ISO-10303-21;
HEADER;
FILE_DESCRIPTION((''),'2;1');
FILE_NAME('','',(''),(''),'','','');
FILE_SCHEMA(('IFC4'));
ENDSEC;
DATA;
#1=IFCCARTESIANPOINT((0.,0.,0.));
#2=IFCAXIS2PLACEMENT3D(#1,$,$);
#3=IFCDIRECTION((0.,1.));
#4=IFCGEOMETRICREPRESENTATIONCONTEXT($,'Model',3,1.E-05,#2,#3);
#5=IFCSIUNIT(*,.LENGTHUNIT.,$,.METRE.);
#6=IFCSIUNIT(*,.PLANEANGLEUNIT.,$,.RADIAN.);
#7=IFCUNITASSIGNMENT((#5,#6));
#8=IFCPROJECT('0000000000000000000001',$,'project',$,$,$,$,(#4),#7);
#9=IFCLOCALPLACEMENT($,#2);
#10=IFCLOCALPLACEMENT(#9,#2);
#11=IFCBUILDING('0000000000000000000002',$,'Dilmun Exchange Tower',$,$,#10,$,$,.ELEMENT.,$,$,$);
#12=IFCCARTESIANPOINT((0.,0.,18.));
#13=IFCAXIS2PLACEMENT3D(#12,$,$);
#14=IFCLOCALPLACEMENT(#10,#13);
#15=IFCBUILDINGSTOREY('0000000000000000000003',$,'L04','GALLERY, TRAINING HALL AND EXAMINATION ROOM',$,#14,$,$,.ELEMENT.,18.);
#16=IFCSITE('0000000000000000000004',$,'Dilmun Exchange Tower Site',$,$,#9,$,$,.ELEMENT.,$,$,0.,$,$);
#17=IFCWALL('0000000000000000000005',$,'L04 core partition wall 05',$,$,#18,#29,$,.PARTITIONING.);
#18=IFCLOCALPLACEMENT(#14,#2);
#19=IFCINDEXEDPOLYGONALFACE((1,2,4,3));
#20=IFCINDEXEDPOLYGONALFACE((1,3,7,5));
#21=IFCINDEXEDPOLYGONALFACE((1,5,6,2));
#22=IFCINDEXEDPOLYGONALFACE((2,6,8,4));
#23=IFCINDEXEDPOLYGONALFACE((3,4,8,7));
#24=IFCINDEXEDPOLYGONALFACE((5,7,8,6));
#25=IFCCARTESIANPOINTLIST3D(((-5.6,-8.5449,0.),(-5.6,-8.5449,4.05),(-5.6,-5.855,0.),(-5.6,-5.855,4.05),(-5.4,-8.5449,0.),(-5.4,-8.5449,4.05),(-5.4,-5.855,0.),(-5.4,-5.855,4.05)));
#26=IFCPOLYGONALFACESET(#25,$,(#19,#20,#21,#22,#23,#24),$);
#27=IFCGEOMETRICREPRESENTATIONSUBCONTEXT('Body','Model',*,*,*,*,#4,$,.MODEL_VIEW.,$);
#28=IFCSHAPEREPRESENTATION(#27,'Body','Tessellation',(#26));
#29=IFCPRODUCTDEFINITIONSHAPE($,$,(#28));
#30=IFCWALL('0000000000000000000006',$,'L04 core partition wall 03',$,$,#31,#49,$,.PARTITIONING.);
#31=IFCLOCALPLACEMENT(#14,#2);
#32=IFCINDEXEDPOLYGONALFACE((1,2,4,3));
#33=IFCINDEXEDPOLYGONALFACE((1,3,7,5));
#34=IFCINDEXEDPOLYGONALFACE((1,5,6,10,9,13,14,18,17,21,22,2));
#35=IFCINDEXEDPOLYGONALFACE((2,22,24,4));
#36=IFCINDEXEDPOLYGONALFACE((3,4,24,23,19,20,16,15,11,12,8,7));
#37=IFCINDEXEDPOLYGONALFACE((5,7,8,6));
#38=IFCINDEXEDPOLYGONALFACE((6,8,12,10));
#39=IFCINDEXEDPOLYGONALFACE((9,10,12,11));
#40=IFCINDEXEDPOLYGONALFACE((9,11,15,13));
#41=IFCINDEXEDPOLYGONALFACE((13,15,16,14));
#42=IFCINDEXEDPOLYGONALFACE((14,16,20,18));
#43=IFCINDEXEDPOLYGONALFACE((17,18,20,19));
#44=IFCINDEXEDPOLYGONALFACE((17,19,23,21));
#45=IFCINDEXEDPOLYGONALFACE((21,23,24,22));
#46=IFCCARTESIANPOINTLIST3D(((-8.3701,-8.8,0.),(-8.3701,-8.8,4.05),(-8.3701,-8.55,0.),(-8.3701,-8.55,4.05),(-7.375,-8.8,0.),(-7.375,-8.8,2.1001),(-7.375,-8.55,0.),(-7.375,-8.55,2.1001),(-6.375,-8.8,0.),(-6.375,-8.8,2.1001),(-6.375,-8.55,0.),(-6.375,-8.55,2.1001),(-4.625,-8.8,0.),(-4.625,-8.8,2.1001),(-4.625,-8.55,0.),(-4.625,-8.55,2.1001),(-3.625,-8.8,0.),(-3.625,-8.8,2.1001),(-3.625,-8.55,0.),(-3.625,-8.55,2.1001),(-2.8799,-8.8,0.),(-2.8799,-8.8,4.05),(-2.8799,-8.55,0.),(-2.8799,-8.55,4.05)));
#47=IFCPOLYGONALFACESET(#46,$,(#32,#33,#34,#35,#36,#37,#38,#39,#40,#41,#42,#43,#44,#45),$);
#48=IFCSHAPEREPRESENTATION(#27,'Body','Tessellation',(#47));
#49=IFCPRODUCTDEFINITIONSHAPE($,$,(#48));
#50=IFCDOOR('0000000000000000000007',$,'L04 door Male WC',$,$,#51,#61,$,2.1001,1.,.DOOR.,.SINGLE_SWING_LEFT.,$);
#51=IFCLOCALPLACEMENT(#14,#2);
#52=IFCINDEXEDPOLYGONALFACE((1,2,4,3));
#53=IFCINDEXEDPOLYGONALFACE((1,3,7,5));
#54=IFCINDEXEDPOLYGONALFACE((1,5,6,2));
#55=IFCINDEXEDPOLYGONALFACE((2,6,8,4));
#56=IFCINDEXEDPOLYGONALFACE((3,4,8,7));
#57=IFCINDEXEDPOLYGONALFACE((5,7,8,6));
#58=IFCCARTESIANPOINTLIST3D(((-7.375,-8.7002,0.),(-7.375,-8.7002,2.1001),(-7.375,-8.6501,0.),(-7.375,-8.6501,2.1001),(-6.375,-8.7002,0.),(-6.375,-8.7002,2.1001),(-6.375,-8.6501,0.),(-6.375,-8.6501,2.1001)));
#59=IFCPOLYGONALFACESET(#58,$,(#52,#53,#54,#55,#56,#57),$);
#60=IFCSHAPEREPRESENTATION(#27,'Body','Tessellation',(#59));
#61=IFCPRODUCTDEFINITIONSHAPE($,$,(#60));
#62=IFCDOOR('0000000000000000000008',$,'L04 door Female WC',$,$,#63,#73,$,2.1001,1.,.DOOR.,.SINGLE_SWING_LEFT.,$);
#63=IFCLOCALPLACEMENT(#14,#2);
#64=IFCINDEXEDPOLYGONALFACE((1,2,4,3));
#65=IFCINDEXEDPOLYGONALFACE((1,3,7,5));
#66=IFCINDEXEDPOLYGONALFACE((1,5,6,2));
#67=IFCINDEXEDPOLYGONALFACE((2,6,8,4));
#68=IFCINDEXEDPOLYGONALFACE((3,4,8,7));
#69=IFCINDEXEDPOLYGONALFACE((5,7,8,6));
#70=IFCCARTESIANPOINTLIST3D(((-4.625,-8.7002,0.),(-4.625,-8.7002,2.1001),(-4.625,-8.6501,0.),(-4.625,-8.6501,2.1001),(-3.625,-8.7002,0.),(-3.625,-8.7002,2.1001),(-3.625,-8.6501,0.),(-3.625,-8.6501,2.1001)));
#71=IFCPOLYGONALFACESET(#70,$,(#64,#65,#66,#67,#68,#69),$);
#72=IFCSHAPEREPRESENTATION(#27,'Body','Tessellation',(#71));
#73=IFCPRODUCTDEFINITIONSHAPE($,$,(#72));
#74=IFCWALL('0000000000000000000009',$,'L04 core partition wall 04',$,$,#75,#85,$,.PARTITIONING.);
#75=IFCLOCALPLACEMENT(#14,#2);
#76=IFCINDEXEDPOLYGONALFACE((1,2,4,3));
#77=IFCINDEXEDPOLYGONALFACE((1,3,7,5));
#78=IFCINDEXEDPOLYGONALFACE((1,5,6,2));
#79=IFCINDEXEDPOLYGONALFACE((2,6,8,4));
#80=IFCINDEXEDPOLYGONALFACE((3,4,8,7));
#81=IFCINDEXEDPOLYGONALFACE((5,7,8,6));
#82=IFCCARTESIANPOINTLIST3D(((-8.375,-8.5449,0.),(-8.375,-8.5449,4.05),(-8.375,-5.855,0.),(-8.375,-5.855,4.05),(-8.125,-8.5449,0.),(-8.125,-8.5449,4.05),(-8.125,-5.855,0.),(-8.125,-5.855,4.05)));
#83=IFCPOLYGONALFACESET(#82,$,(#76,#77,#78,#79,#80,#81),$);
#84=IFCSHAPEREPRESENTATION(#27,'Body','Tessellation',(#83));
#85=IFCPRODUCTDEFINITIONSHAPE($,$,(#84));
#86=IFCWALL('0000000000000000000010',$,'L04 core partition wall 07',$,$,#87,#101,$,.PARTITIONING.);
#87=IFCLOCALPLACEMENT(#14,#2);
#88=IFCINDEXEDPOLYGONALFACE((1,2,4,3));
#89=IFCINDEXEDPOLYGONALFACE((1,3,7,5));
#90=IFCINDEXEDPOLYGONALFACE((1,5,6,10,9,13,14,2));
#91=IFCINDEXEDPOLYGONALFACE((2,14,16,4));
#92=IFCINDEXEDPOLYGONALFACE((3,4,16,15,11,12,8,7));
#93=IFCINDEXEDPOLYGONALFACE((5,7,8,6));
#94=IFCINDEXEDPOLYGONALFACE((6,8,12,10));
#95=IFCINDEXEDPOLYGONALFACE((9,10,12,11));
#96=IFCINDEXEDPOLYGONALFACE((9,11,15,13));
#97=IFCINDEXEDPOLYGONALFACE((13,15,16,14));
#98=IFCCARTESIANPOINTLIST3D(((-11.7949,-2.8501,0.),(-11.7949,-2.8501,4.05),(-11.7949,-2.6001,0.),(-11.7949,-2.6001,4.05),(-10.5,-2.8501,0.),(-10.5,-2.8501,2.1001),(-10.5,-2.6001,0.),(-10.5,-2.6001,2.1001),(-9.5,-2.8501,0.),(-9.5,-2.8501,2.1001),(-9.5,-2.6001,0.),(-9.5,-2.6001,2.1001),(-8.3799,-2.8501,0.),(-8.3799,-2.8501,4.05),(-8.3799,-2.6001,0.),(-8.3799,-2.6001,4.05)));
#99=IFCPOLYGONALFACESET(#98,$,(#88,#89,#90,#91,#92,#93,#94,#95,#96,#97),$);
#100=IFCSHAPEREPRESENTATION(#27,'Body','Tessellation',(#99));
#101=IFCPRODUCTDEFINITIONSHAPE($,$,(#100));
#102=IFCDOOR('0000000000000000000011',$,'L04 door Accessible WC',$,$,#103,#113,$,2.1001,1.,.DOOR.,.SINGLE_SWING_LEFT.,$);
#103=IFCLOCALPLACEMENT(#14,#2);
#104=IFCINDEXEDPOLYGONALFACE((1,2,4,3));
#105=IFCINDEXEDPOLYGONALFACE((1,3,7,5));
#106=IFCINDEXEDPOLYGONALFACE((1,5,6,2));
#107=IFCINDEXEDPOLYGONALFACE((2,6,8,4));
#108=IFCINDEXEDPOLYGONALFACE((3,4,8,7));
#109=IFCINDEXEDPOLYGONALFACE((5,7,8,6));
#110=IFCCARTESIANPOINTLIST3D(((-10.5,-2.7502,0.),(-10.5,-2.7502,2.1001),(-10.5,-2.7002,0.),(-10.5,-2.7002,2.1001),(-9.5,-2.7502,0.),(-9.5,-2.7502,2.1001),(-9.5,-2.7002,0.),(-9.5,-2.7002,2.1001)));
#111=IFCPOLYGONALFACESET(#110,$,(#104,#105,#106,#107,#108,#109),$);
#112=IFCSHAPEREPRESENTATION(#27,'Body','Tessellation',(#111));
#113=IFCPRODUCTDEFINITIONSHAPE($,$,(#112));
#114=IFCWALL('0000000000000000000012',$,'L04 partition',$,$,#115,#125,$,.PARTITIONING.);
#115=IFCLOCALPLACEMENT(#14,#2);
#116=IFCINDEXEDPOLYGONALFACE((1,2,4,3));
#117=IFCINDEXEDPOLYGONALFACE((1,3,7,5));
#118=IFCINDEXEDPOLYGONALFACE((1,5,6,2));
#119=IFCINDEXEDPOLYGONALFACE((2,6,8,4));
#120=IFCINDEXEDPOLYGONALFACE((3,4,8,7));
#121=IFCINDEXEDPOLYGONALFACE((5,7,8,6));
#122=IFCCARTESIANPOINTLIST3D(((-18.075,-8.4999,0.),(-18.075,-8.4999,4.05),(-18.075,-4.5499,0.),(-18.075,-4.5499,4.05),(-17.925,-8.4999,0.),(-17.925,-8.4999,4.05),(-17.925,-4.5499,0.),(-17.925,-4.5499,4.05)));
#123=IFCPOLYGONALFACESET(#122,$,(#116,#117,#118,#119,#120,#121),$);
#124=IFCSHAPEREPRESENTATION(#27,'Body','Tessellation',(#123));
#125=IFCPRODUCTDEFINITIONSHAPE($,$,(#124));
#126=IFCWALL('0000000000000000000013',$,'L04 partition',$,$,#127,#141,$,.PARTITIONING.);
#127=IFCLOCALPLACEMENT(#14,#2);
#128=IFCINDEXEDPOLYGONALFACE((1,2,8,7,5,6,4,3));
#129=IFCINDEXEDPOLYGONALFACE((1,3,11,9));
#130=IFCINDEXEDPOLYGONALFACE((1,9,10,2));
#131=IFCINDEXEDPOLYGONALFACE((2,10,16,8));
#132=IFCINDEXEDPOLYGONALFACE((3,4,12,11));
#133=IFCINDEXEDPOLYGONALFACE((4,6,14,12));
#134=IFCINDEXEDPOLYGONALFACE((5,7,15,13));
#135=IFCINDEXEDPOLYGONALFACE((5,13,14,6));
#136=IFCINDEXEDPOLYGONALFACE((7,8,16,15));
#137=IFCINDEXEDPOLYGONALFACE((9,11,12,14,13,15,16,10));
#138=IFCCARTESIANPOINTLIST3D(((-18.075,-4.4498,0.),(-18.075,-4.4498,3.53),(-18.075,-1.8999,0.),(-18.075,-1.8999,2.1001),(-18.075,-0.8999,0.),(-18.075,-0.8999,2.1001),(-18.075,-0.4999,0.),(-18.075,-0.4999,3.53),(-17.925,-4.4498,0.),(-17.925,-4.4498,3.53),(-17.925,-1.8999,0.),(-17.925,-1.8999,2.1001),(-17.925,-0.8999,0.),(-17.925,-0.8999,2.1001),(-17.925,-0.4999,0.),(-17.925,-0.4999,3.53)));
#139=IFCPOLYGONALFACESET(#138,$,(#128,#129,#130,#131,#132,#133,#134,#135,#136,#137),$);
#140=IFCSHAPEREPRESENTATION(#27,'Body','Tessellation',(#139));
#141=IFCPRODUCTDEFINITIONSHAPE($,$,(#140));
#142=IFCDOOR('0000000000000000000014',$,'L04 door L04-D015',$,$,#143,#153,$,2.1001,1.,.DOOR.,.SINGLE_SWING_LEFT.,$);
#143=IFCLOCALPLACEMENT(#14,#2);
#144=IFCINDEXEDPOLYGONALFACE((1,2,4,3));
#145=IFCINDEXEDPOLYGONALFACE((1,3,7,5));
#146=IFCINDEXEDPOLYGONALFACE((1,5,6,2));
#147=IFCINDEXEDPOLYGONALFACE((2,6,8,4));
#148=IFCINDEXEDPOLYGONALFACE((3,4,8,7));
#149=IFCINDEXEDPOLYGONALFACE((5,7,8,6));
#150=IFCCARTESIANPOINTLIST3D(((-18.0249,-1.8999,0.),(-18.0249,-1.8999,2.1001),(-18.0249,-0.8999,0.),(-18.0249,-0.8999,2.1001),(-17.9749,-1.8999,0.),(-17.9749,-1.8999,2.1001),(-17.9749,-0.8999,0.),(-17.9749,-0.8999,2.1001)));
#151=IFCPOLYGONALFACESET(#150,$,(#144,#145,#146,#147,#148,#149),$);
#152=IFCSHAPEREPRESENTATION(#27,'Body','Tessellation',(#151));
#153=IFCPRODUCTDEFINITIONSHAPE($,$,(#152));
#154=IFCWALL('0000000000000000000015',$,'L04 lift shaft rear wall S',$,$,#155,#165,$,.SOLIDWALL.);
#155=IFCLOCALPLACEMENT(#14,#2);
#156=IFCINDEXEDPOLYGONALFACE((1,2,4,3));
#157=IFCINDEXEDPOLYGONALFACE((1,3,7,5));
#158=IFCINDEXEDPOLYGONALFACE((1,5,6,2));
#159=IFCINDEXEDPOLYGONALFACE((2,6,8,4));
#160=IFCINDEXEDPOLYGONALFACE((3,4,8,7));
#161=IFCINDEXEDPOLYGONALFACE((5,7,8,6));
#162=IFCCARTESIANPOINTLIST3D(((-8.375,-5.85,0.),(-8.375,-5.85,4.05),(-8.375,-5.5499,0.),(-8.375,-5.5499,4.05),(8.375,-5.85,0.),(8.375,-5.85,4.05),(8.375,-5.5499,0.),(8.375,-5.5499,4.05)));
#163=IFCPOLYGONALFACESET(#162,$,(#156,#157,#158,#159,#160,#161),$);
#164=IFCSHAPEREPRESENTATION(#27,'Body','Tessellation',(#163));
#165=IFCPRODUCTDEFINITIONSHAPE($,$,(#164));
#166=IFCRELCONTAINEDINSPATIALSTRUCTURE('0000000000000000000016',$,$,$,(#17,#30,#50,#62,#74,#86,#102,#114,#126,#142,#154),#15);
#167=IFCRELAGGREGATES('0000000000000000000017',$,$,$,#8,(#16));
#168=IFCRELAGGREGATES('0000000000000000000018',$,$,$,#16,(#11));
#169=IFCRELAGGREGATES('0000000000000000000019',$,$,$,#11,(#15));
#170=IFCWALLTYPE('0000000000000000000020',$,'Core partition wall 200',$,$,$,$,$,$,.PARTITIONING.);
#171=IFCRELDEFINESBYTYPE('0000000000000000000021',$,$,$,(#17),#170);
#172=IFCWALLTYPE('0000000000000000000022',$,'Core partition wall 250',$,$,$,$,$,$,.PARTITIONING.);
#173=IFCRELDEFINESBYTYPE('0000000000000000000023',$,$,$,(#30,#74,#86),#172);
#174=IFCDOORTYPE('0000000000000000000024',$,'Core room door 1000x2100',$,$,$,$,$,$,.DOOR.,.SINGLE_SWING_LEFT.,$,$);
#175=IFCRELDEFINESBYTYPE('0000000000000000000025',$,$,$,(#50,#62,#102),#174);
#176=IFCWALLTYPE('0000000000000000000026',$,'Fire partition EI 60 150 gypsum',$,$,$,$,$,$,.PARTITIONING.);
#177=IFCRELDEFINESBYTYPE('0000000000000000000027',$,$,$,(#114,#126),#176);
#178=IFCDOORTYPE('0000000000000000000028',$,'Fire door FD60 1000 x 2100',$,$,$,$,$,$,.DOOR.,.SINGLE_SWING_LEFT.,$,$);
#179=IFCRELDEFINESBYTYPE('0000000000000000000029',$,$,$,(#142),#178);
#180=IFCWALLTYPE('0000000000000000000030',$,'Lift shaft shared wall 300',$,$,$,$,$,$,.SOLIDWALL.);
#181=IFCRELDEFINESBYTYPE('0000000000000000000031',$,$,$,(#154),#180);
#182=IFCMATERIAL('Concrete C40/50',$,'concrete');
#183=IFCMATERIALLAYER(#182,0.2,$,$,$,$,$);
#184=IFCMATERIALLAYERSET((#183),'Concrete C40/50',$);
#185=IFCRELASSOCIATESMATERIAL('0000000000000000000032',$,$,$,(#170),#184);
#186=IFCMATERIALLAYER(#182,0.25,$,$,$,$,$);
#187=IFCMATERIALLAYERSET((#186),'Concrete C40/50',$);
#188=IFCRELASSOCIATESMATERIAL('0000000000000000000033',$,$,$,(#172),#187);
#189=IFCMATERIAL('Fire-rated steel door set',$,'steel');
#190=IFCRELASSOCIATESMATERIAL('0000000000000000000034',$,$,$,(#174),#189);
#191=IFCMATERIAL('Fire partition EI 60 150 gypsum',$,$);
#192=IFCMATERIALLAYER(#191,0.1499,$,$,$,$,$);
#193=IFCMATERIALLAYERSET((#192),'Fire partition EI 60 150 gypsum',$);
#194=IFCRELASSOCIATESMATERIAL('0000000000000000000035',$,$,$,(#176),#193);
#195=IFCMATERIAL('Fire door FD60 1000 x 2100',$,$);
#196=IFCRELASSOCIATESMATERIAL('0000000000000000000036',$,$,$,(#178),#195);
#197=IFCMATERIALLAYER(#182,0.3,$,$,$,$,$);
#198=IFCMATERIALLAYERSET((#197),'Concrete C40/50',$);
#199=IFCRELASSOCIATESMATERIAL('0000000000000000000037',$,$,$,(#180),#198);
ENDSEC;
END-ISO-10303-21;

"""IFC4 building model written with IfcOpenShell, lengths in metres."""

from ifc_helpers import new_model, si_unit, direction, frame, frame_2d, origin, place, context, subcontext, project, spatial, rectangle, extrude, material, layer, layer_set, type_object, element, fill, save


model = new_model("IFC4")

# Units and contexts
model_context = context("Model", 3, precision=1e-05, world=origin(), true_north=direction((0.0, 1.0)))
body_context = subcontext(model_context, "Body", "Model", "MODEL_VIEW")
ifc_project = project(units=[si_unit("LENGTHUNIT", "METRE"), si_unit("PLANEANGLEUNIT", "RADIAN")], contexts=[model_context])

# Site, building, storey
site_placement = place(None, origin())
site = spatial("IfcSite", under=ifc_project, at=site_placement, Name="Dilmun Exchange Tower Site", CompositionType="ELEMENT", RefElevation=0.0)
building_placement = place(site_placement, origin())
building = spatial("IfcBuilding", under=site, at=building_placement, Name="Dilmun Exchange Tower", CompositionType="ELEMENT")
storey_placement = place(building_placement, frame((0.0, 0.0, 18.0)))
storey = spatial("IfcBuildingStorey", under=building, at=storey_placement, Name="L04", Description="GALLERY, TRAINING HALL AND EXAMINATION ROOM", CompositionType="ELEMENT", Elevation=18.0)

# Wall
ifc_material_1 = material(Name="Concrete C40/50", Category="concrete")
ifc_layer_1 = layer(ifc_material_1, 0.2)
ifc_layer_set_1 = layer_set([ifc_layer_1], Name="Concrete C40/50")
wall_type_1 = type_object("IfcWallType", Name="Core partition wall 200", PredefinedType="PARTITIONING", material=ifc_layer_set_1)
wall_1_placement = place(storey_placement, frame((-5.5, -8.5449, 0.0), z_axis=(0.0, 0.0, 1.0), x_axis=(0.0, 1.0, 0.0)))
element("IfcWall", 1, at=wall_1_placement, inside=storey, type_object=wall_type_1, Name="L04 core partition wall 05", PredefinedType="PARTITIONING", context=body_context, shape_type="SweptSolid", body=[
    extrude(rectangle(XDim=2.6899, YDim=0.2, at=frame_2d((1.345, 0.0))), origin(), (0.0, 0.0, 1.0), 4.05),
])

# Wall, openings, doors
ifc_layer_2 = layer(ifc_material_1, 0.25)
ifc_layer_set_2 = layer_set([ifc_layer_2], Name="Concrete C40/50")
wall_type_2 = type_object("IfcWallType", Name="Core partition wall 250", PredefinedType="PARTITIONING", material=ifc_layer_set_2)
wall_2_placement = place(storey_placement, frame((-8.3701, -8.675, 0.0), z_axis=(0.0, 0.0, 1.0), x_axis=(1.0, 0.0, 0.0)))
wall_2 = element("IfcWall", 2, at=wall_2_placement, inside=storey, type_object=wall_type_2, Name="L04 core partition wall 03", PredefinedType="PARTITIONING", context=body_context, shape_type="SweptSolid", body=[
    extrude(rectangle(XDim=5.4902, YDim=0.25, at=frame_2d((2.7451, 0.0))), origin(), (0.0, 0.0, 1.0), 4.05),
])
opening_1_placement = place(wall_2_placement, frame((0.9951, 0.0, 0.0)))
opening_1 = element("IfcOpeningElement", 3, at=opening_1_placement, cuts=wall_2, PredefinedType="OPENING", context=body_context, shape_type="SweptSolid", body=[
    extrude(rectangle(XDim=1.0, YDim=2.1001, at=frame_2d((0.5, 1.05))), frame((0.0, 0.135, 0.0), z_axis=(0.0, -1.0, 0.0), x_axis=(1.0, 0.0, 0.0)), (0.0, 0.0, 1.0), 0.27),
])
opening_2_placement = place(wall_2_placement, frame((3.7451, 0.0, 0.0)))
opening_2 = element("IfcOpeningElement", 4, at=opening_2_placement, cuts=wall_2, PredefinedType="OPENING", context=body_context, shape_type="SweptSolid", body=[
    extrude(rectangle(XDim=1.0, YDim=2.1001, at=frame_2d((0.5, 1.05))), frame((0.0, 0.135, 0.0), z_axis=(0.0, -1.0, 0.0), x_axis=(1.0, 0.0, 0.0)), (0.0, 0.0, 1.0), 0.27),
])
ifc_material_2 = material(Name="Fire-rated steel door set", Category="steel")
door_type_1 = type_object("IfcDoorType", Name="Core room door 1000x2100", OperationType="SINGLE_SWING_LEFT", PredefinedType="DOOR", material=ifc_material_2)
door_1_placement = place(opening_1_placement, origin())
door_1 = element("IfcDoor", 5, at=door_1_placement, inside=storey, type_object=door_type_1, Name="L04 door Male WC", OperationType="SINGLE_SWING_LEFT", OverallHeight=2.1001, OverallWidth=1.0, PredefinedType="DOOR", context=body_context, shape_type="SweptSolid", body=[
    extrude(rectangle(XDim=1.0, YDim=2.1001, at=frame_2d((0.5, 1.05))), frame((0.0, 0.0249, 0.0), z_axis=(0.0, -1.0, 0.0), x_axis=(1.0, 0.0, 0.0)), (0.0, 0.0, 1.0), 0.05),
])
fill(opening_1, door_1)
door_2_placement = place(opening_2_placement, origin())
door_2 = element("IfcDoor", 6, at=door_2_placement, inside=storey, type_object=door_type_1, Name="L04 door Female WC", OperationType="SINGLE_SWING_LEFT", OverallHeight=2.1001, OverallWidth=1.0, PredefinedType="DOOR", context=body_context, shape_type="SweptSolid", body=[
    extrude(rectangle(XDim=1.0, YDim=2.1001, at=frame_2d((0.5, 1.05))), frame((0.0, 0.0249, 0.0), z_axis=(0.0, -1.0, 0.0), x_axis=(1.0, 0.0, 0.0)), (0.0, 0.0, 1.0), 0.05),
])
fill(opening_2, door_2)

# Wall
wall_3_placement = place(storey_placement, frame((-8.25, -8.5449, 0.0), z_axis=(0.0, 0.0, 1.0), x_axis=(0.0, 1.0, 0.0)))
element("IfcWall", 7, at=wall_3_placement, inside=storey, type_object=wall_type_2, Name="L04 core partition wall 04", PredefinedType="PARTITIONING", context=body_context, shape_type="SweptSolid", body=[
    extrude(rectangle(XDim=2.6899, YDim=0.25, at=frame_2d((1.345, 0.0))), origin(), (0.0, 0.0, 1.0), 4.05),
])

# Wall, opening, door
wall_4_placement = place(storey_placement, frame((-11.7949, -2.7251, 0.0), z_axis=(0.0, 0.0, 1.0), x_axis=(1.0, 0.0, 0.0)))
wall_4 = element("IfcWall", 8, at=wall_4_placement, inside=storey, type_object=wall_type_2, Name="L04 core partition wall 07", PredefinedType="PARTITIONING", context=body_context, shape_type="SweptSolid", body=[
    extrude(rectangle(XDim=3.415, YDim=0.25, at=frame_2d((1.7075, 0.0))), origin(), (0.0, 0.0, 1.0), 4.05),
])
opening_3_placement = place(wall_4_placement, frame((1.2949, 0.0, 0.0)))
opening_3 = element("IfcOpeningElement", 9, at=opening_3_placement, cuts=wall_4, PredefinedType="OPENING", context=body_context, shape_type="SweptSolid", body=[
    extrude(rectangle(XDim=1.0, YDim=2.1001, at=frame_2d((0.5, 1.05))), frame((0.0, 0.135, 0.0), z_axis=(0.0, -1.0, 0.0), x_axis=(1.0, 0.0, 0.0)), (0.0, 0.0, 1.0), 0.27),
])
door_3_placement = place(opening_3_placement, origin())
door_3 = element("IfcDoor", 10, at=door_3_placement, inside=storey, type_object=door_type_1, Name="L04 door Accessible WC", OperationType="SINGLE_SWING_LEFT", OverallHeight=2.1001, OverallWidth=1.0, PredefinedType="DOOR", context=body_context, shape_type="SweptSolid", body=[
    extrude(rectangle(XDim=1.0, YDim=2.1001, at=frame_2d((0.5, 1.05))), frame((0.0, 0.0249, 0.0), z_axis=(0.0, -1.0, 0.0), x_axis=(1.0, 0.0, 0.0)), (0.0, 0.0, 1.0), 0.05),
])
fill(opening_3, door_3)

# Wall
ifc_material_3 = material(Name="Fire partition EI 60 150 gypsum")
ifc_layer_3 = layer(ifc_material_3, 0.1499)
ifc_layer_set_3 = layer_set([ifc_layer_3], Name="Fire partition EI 60 150 gypsum")
wall_type_3 = type_object("IfcWallType", Name="Fire partition EI 60 150 gypsum", PredefinedType="PARTITIONING", material=ifc_layer_set_3)
wall_5_placement = place(storey_placement, frame((-18.0, -8.5, 0.0), z_axis=(0.0, 0.0, 1.0), x_axis=(0.0, 1.0, 0.0)))
element("IfcWall", 11, at=wall_5_placement, inside=storey, type_object=wall_type_3, Name="L04 partition", PredefinedType="PARTITIONING", context=body_context, shape_type="SweptSolid", body=[
    extrude(rectangle(XDim=3.95, YDim=0.1499, at=frame_2d((1.9751, 0.0))), origin(), (0.0, 0.0, 1.0), 4.05),
])

# Wall, opening, door
wall_6_placement = place(storey_placement, frame((-18.0, -4.45, 0.0), z_axis=(0.0, 0.0, 1.0), x_axis=(0.0, 1.0, 0.0)))
wall_6 = element("IfcWall", 12, at=wall_6_placement, inside=storey, type_object=wall_type_3, Name="L04 partition", PredefinedType="PARTITIONING", context=body_context, shape_type="SweptSolid", body=[
    extrude(rectangle(XDim=3.95, YDim=0.1499, at=frame_2d((1.9751, 0.0))), origin(), (0.0, 0.0, 1.0), 3.53),
])
opening_4_placement = place(wall_6_placement, frame((2.55, 0.0, 0.0)))
opening_4 = element("IfcOpeningElement", 13, at=opening_4_placement, cuts=wall_6, PredefinedType="OPENING", context=body_context, shape_type="SweptSolid", body=[
    extrude(rectangle(XDim=1.0, YDim=2.1001, at=frame_2d((0.5, 1.05))), frame((0.0, 0.085, 0.0), z_axis=(0.0, -1.0, 0.0), x_axis=(1.0, 0.0, 0.0)), (0.0, 0.0, 1.0), 0.1699),
])
ifc_material_4 = material(Name="Fire door FD60 1000 x 2100")
door_type_2 = type_object("IfcDoorType", Name="Fire door FD60 1000 x 2100", OperationType="SINGLE_SWING_LEFT", PredefinedType="DOOR", material=ifc_material_4)
door_4_placement = place(opening_4_placement, origin())
door_4 = element("IfcDoor", 14, at=door_4_placement, inside=storey, type_object=door_type_2, Name="L04 door L04-D015", OperationType="SINGLE_SWING_LEFT", OverallHeight=2.1001, OverallWidth=1.0, PredefinedType="DOOR", context=body_context, shape_type="SweptSolid", body=[
    extrude(rectangle(XDim=1.0, YDim=2.1001, at=frame_2d((0.5, 1.05))), frame((0.0, 0.0249, 0.0), z_axis=(0.0, -1.0, 0.0), x_axis=(1.0, 0.0, 0.0)), (0.0, 0.0, 1.0), 0.05),
])
fill(opening_4, door_4)

# Wall
ifc_layer_4 = layer(ifc_material_1, 0.3)
ifc_layer_set_4 = layer_set([ifc_layer_4], Name="Concrete C40/50")
wall_type_4 = type_object("IfcWallType", Name="Lift shaft shared wall 300", PredefinedType="SOLIDWALL", material=ifc_layer_set_4)
wall_7_placement = place(storey_placement, frame((-8.375, -5.7, 0.0), z_axis=(0.0, 0.0, 1.0), x_axis=(1.0, 0.0, 0.0)))
element("IfcWall", 15, at=wall_7_placement, inside=storey, type_object=wall_type_4, Name="L04 lift shaft rear wall S", PredefinedType="SOLIDWALL", context=body_context, shape_type="SweptSolid", body=[
    extrude(rectangle(XDim=16.75, YDim=0.3, at=frame_2d((8.375, 0.0))), origin(), (0.0, 0.0, 1.0), 4.05),
])

save(model, "model.ifc")
